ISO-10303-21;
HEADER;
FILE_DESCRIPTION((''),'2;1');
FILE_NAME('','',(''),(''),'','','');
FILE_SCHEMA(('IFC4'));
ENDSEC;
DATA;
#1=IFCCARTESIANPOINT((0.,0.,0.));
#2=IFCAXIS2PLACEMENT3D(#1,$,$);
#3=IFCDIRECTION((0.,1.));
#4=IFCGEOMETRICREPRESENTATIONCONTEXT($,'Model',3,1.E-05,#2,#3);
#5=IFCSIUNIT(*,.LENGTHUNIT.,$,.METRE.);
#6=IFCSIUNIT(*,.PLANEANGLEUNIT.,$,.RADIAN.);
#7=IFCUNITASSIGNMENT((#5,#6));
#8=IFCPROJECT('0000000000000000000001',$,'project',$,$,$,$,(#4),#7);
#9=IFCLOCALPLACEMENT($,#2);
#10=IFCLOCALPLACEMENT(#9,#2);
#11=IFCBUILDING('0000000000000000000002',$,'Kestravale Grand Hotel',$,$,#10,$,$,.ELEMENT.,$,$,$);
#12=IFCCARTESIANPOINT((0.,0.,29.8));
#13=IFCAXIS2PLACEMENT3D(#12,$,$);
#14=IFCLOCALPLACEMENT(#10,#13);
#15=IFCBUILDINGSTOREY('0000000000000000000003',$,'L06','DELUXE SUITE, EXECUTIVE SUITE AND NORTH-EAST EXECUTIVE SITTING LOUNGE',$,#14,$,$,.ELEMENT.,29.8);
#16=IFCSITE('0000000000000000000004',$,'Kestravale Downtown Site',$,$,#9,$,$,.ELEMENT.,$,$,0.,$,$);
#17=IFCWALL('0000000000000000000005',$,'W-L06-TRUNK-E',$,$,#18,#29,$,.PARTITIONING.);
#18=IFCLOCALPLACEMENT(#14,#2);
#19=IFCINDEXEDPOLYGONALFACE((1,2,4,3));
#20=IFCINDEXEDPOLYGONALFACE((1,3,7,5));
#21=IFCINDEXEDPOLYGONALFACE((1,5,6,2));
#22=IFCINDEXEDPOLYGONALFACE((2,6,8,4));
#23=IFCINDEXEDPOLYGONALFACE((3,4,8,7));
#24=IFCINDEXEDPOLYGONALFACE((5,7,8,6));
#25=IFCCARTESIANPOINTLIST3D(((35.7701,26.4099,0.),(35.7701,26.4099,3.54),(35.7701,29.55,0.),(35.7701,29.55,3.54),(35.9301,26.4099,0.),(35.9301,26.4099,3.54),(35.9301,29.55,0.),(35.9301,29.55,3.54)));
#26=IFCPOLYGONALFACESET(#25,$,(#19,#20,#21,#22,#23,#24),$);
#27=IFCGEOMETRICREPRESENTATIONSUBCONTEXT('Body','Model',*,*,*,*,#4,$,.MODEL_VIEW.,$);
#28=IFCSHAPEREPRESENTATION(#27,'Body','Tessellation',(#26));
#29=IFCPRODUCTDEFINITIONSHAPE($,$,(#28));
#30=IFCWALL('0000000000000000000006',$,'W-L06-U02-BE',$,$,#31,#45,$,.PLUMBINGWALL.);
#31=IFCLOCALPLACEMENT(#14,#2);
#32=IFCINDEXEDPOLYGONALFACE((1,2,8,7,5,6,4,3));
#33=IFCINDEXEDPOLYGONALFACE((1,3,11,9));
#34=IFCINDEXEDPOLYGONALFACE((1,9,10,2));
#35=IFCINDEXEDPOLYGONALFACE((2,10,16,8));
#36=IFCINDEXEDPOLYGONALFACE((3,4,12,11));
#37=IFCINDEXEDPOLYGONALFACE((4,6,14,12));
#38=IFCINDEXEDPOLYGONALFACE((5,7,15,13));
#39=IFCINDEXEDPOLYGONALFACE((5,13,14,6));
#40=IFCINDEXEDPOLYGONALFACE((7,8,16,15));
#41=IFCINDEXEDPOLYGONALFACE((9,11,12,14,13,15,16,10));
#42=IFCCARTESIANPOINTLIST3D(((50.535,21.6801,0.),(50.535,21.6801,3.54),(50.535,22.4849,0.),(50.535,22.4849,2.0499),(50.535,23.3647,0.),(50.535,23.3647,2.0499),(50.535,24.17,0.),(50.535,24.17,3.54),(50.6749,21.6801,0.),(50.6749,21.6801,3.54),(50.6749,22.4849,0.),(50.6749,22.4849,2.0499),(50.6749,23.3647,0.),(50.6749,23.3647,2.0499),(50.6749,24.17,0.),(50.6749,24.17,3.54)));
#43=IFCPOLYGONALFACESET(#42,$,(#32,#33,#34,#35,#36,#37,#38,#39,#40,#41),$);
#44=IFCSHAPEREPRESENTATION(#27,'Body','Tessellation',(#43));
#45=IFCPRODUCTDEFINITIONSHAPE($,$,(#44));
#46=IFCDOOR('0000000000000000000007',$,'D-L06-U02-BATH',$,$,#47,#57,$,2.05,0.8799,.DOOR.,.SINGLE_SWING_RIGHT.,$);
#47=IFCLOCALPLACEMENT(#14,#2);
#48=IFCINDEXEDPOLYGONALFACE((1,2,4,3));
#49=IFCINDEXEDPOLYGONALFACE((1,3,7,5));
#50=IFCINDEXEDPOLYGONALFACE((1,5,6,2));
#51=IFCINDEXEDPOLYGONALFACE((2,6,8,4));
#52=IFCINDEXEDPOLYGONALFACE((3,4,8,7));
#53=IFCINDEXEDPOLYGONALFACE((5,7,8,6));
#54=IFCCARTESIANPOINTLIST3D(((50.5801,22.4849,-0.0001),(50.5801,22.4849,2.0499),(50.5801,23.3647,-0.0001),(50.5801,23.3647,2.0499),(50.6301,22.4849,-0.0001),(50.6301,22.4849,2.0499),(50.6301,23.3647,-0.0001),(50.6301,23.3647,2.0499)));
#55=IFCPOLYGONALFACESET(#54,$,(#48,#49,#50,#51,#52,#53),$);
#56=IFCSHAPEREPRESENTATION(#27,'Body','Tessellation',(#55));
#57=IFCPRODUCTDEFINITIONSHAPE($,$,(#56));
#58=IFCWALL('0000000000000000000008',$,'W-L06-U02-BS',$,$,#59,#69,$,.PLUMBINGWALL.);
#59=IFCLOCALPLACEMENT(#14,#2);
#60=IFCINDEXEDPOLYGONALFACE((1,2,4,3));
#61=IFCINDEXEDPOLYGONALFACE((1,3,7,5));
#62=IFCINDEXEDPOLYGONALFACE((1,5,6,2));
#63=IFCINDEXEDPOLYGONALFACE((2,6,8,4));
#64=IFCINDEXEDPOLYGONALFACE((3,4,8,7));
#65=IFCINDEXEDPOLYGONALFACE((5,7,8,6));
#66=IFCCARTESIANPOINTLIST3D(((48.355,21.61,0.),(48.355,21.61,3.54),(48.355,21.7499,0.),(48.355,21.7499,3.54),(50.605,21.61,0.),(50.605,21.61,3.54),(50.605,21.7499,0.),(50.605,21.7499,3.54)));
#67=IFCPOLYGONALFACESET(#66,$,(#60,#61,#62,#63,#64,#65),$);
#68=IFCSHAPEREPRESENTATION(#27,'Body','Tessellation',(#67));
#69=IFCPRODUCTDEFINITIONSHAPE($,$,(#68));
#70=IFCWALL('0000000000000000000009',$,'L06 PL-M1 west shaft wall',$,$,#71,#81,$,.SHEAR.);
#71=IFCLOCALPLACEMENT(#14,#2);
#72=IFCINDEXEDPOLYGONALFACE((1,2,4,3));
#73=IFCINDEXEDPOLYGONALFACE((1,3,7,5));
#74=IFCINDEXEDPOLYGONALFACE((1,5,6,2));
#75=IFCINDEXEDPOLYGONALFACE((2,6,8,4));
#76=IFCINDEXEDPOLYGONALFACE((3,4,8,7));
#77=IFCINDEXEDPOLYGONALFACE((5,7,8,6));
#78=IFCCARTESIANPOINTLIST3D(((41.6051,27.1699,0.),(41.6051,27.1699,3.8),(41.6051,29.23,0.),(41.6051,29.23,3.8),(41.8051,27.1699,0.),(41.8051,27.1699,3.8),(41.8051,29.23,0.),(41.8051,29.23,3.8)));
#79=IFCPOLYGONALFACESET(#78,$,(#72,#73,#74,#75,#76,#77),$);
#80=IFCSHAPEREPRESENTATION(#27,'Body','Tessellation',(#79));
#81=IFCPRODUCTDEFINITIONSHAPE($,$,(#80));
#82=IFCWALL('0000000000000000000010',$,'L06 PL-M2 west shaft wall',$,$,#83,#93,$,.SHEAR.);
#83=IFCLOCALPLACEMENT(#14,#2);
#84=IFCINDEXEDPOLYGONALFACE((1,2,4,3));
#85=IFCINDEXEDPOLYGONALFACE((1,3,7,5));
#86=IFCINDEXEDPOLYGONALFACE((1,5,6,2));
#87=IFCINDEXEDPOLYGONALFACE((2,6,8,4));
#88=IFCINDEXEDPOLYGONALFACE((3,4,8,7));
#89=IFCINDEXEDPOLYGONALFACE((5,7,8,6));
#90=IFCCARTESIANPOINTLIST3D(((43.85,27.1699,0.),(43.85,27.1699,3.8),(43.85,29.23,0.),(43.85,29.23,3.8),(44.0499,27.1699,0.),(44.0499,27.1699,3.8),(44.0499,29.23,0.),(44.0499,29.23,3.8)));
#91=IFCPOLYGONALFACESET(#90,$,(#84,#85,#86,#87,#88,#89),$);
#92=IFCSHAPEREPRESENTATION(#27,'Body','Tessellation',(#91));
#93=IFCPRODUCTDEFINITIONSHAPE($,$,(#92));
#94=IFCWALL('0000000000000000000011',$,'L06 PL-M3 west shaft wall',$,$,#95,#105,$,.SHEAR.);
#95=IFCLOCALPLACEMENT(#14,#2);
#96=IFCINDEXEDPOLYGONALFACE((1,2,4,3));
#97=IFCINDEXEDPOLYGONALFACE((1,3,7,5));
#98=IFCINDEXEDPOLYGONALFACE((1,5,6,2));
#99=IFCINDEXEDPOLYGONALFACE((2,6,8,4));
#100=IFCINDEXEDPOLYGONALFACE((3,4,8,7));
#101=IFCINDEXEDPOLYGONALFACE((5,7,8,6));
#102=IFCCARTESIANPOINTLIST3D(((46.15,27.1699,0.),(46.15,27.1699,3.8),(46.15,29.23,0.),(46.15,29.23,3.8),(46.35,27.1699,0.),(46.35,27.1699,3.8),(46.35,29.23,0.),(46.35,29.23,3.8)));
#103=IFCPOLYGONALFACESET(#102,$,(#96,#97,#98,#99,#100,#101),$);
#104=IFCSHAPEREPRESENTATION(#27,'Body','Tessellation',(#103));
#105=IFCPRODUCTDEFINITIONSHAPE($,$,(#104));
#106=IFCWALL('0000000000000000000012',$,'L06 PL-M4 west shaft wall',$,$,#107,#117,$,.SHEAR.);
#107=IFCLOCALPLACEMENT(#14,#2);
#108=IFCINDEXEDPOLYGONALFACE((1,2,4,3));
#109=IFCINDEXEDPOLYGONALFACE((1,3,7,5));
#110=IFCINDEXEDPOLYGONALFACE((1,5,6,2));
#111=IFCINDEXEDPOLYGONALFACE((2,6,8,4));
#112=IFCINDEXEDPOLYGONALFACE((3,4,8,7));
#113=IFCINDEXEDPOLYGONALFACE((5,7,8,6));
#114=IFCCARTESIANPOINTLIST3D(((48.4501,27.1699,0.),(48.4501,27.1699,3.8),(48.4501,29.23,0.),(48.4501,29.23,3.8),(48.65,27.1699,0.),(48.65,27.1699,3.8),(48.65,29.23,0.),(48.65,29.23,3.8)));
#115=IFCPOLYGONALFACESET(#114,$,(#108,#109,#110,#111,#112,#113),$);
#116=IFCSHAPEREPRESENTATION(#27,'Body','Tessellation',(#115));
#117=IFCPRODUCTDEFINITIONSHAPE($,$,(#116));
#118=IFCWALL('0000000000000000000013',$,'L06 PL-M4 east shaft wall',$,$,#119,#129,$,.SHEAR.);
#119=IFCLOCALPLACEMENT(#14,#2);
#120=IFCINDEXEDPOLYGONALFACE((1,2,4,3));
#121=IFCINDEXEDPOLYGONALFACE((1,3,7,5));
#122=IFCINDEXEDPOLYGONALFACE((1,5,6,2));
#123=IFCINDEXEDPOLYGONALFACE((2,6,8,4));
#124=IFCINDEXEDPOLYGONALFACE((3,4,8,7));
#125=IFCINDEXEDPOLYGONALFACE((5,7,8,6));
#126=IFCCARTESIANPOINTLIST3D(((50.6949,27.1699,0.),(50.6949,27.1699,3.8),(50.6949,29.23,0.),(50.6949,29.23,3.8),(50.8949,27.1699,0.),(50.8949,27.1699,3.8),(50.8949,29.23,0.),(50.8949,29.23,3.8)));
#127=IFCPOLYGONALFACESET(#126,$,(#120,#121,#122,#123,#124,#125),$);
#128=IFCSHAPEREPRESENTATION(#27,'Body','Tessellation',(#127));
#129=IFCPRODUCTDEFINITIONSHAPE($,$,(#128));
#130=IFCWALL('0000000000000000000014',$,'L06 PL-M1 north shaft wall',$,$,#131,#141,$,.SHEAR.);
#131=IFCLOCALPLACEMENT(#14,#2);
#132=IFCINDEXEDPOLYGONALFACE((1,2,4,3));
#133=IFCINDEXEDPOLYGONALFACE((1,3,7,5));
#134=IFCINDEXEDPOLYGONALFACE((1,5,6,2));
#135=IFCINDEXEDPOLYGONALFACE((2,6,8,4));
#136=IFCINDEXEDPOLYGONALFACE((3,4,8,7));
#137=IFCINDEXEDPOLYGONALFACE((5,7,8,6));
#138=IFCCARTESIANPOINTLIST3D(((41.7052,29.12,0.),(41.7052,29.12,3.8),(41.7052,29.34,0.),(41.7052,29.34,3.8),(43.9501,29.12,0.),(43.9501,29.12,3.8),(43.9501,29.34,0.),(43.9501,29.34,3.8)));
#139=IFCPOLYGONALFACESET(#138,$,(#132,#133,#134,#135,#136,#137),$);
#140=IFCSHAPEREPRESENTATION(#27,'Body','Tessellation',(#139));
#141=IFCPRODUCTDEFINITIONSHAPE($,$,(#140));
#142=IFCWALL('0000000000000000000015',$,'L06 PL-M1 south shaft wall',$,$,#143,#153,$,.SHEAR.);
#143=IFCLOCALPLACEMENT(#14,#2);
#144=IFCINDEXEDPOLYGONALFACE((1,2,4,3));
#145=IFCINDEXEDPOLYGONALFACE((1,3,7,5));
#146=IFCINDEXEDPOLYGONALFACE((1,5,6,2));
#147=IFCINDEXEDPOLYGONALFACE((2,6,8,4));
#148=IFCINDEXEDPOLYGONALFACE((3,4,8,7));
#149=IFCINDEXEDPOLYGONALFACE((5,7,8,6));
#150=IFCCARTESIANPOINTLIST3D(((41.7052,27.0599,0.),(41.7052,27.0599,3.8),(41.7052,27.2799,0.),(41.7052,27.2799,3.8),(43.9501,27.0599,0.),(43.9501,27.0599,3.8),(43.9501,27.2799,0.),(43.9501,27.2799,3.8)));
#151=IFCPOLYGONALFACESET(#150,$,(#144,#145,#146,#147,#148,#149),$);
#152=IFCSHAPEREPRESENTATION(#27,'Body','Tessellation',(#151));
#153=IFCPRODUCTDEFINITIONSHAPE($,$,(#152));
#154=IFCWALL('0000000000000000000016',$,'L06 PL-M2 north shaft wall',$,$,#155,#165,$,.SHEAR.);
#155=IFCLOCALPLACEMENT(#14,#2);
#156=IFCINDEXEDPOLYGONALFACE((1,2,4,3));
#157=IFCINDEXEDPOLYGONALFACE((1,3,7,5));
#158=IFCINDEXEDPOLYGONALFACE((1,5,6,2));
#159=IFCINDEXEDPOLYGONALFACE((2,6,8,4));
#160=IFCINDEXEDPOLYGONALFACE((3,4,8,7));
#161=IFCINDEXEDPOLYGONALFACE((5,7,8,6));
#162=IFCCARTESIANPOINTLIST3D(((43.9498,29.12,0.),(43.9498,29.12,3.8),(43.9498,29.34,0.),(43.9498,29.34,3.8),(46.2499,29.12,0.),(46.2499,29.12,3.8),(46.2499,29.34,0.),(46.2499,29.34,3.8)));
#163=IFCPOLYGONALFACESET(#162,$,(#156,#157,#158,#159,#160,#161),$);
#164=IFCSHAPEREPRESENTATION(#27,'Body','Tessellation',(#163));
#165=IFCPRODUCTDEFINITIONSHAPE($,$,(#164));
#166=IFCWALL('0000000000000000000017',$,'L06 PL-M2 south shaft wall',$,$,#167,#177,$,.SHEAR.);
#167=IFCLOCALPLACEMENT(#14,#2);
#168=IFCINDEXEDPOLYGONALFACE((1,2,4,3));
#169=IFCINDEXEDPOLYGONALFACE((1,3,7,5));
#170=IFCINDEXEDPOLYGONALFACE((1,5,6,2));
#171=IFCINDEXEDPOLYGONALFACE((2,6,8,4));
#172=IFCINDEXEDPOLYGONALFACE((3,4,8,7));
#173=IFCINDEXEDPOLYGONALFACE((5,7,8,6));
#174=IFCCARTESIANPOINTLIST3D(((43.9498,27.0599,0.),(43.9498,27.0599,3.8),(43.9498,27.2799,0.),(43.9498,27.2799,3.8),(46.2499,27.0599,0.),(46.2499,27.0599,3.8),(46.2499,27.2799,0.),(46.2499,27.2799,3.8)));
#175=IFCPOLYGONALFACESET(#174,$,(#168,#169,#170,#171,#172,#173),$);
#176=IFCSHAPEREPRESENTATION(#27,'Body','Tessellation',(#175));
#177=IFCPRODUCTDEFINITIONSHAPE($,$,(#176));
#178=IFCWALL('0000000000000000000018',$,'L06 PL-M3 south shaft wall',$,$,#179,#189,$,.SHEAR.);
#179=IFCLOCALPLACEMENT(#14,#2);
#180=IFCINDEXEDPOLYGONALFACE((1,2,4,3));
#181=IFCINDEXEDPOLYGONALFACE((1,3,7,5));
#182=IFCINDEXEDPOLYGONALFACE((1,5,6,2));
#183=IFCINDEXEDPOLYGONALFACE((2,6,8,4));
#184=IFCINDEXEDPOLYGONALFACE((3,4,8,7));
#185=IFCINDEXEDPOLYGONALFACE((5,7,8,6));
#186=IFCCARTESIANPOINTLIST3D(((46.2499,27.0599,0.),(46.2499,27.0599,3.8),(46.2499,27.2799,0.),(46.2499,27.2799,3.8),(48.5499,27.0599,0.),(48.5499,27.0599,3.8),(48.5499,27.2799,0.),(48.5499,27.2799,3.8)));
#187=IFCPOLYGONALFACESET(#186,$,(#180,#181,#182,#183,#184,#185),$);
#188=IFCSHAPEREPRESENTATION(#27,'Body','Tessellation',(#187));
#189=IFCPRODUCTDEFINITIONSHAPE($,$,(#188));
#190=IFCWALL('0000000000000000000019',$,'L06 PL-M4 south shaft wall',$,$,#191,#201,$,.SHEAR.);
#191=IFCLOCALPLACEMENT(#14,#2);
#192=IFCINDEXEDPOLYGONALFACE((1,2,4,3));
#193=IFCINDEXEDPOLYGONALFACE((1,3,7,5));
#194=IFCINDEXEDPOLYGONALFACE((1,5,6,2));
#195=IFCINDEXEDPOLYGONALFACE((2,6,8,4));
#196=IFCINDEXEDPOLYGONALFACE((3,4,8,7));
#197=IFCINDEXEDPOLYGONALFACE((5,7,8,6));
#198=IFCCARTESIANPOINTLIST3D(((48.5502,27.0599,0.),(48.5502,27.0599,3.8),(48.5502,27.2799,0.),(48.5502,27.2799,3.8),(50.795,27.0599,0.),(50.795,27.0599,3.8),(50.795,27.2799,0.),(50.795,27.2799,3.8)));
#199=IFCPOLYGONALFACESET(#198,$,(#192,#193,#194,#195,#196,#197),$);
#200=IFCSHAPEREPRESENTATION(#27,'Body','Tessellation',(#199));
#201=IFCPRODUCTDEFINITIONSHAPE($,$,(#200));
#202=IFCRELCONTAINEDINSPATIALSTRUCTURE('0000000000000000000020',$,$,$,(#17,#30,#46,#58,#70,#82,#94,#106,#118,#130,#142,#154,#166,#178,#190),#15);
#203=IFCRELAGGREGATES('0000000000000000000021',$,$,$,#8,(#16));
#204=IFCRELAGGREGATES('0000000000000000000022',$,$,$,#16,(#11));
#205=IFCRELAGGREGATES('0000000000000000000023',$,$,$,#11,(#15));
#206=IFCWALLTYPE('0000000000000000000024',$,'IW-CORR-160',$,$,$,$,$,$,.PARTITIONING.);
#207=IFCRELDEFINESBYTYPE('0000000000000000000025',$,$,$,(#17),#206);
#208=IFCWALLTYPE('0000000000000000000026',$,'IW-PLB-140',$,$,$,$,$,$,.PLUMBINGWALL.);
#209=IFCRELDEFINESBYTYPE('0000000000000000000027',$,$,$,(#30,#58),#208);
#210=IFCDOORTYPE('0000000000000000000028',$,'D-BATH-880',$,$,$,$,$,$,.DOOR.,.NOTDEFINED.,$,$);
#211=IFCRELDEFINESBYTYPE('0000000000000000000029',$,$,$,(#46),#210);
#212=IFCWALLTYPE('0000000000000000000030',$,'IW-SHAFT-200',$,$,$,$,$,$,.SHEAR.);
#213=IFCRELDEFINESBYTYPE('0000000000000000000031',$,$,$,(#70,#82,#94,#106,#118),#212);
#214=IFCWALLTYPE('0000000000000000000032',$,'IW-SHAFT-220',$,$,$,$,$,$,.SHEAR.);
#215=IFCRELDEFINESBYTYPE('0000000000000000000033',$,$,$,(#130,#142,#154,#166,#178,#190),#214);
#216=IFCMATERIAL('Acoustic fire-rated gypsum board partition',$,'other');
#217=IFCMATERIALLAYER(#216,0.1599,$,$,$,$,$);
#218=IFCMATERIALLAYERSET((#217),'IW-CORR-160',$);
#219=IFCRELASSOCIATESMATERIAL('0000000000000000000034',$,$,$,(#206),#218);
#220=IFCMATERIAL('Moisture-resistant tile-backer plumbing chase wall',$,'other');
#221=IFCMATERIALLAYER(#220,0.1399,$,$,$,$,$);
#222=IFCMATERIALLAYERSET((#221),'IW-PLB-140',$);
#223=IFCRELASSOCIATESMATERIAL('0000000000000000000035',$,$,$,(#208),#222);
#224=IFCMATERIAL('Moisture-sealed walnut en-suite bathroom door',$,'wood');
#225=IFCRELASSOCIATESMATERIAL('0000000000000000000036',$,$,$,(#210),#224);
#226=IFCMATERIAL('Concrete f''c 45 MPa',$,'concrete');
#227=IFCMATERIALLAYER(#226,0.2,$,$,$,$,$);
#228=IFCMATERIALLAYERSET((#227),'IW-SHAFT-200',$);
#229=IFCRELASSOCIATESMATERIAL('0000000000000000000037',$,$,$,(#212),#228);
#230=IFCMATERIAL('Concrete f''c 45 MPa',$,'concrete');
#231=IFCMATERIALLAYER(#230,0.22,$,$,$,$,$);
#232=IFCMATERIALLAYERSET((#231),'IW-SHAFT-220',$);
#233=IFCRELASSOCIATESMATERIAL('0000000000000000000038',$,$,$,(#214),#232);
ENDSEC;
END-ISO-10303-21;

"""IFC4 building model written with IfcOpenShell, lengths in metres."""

from ifc_helpers import new_model, si_unit, direction, frame, frame_2d, origin, place, context, subcontext, project, spatial, rectangle, extrude, material, layer, layer_set, type_object, element, fill, save


model = new_model("IFC4")

# Units and contexts
model_context = context("Model", 3, precision=1e-05, world=origin(), true_north=direction((0.0, 1.0)))
body_context = subcontext(model_context, "Body", "Model", "MODEL_VIEW")
ifc_project = project(units=[si_unit("LENGTHUNIT", "METRE"), si_unit("PLANEANGLEUNIT", "RADIAN")], contexts=[model_context])

# Site, building, storey
site_placement = place(None, origin())
site = spatial("IfcSite", under=ifc_project, at=site_placement, Name="Kestravale Downtown Site", CompositionType="ELEMENT", RefElevation=0.0)
building_placement = place(site_placement, origin())
building = spatial("IfcBuilding", under=site, at=building_placement, Name="Kestravale Grand Hotel", CompositionType="ELEMENT")
storey_placement = place(building_placement, frame((0.0, 0.0, 29.8)))
storey = spatial("IfcBuildingStorey", under=building, at=storey_placement, Name="L06", Description="DELUXE SUITE, EXECUTIVE SUITE AND NORTH-EAST EXECUTIVE SITTING LOUNGE", CompositionType="ELEMENT", Elevation=29.8)

# Wall
ifc_material_1 = material(Name="Acoustic fire-rated gypsum board partition", Category="other")
ifc_layer_1 = layer(ifc_material_1, 0.1599)
ifc_layer_set_1 = layer_set([ifc_layer_1], Name="IW-CORR-160")
wall_type_1 = type_object("IfcWallType", Name="IW-CORR-160", PredefinedType="PARTITIONING", material=ifc_layer_set_1)
wall_1_placement = place(storey_placement, frame((35.8501, 26.4099, 0.0), z_axis=(0.0, 0.0, 1.0), x_axis=(0.0, 1.0, 0.0)))
element("IfcWall", 1, at=wall_1_placement, inside=storey, type_object=wall_type_1, Name="W-L06-TRUNK-E", PredefinedType="PARTITIONING", context=body_context, shape_type="SweptSolid", body=[
    extrude(rectangle(XDim=3.1401, YDim=0.1599, at=frame_2d((1.5701, 0.0))), origin(), (0.0, 0.0, 1.0), 3.54),
])

# Wall, opening, door
ifc_material_2 = material(Name="Moisture-resistant tile-backer plumbing chase wall", Category="other")
ifc_layer_2 = layer(ifc_material_2, 0.1399)
ifc_layer_set_2 = layer_set([ifc_layer_2], Name="IW-PLB-140")
wall_type_2 = type_object("IfcWallType", Name="IW-PLB-140", PredefinedType="PLUMBINGWALL", material=ifc_layer_set_2)
wall_2_placement = place(storey_placement, frame((50.605, 21.6799, 0.0), z_axis=(0.0, 0.0, 1.0), x_axis=(0.0, 1.0, 0.0)))
wall_2 = element("IfcWall", 2, at=wall_2_placement, inside=storey, type_object=wall_type_2, Name="W-L06-U02-BE", PredefinedType="PLUMBINGWALL", context=body_context, shape_type="SweptSolid", body=[
    extrude(rectangle(XDim=2.49, YDim=0.1399, at=frame_2d((1.2451, 0.0))), origin(), (0.0, 0.0, 1.0), 3.54),
])
opening_placement = place(wall_2_placement, frame((0.8049, 0.0, 0.0)))
opening = element("IfcOpeningElement", 3, at=opening_placement, cuts=wall_2, PredefinedType="OPENING", context=body_context, shape_type="SweptSolid", body=[
    extrude(rectangle(XDim=0.8799, YDim=2.05, at=frame_2d((0.4399, 1.0249))), frame((0.0, 0.0798, 0.0), z_axis=(0.0, -1.0, 0.0), x_axis=(1.0, 0.0, 0.0)), (0.0, 0.0, 1.0), 0.1599),
])
ifc_material_3 = material(Name="Moisture-sealed walnut en-suite bathroom door", Category="wood")
door_type = type_object("IfcDoorType", Name="D-BATH-880", OperationType="NOTDEFINED", PredefinedType="DOOR", material=ifc_material_3)
door_placement = place(opening_placement, origin())
door = element("IfcDoor", 4, at=door_placement, inside=storey, type_object=door_type, Name="D-L06-U02-BATH", OperationType="SINGLE_SWING_RIGHT", OverallHeight=2.05, OverallWidth=0.8799, PredefinedType="DOOR", context=body_context, shape_type="SweptSolid", body=[
    extrude(rectangle(XDim=0.8799, YDim=2.05, at=frame_2d((0.4399, 1.0249))), frame((0.0, 0.0249, 0.0), z_axis=(0.0, -1.0, 0.0), x_axis=(1.0, 0.0, 0.0)), (0.0, 0.0, 1.0), 0.05),
])
fill(opening, door)

# Walls
wall_3_placement = place(storey_placement, frame((48.355, 21.6799, 0.0), z_axis=(0.0, 0.0, 1.0), x_axis=(1.0, 0.0, 0.0)))
element("IfcWall", 5, at=wall_3_placement, inside=storey, type_object=wall_type_2, Name="W-L06-U02-BS", PredefinedType="PLUMBINGWALL", context=body_context, shape_type="SweptSolid", body=[
    extrude(rectangle(XDim=2.25, YDim=0.1399, at=frame_2d((1.125, 0.0))), origin(), (0.0, 0.0, 1.0), 3.54),
])
ifc_material_4 = material(Name="Concrete f'c 45 MPa", Category="concrete")
ifc_layer_3 = layer(ifc_material_4, 0.2)
ifc_layer_set_3 = layer_set([ifc_layer_3], Name="IW-SHAFT-200")
wall_type_3 = type_object("IfcWallType", Name="IW-SHAFT-200", PredefinedType="SHEAR", material=ifc_layer_set_3)
for number, where, z_axis, x_axis, name in (
    (6, (41.7051, 27.1699, 0.0), (0.0, 0.0, 1.0), (0.0, 1.0, 0.0), "L06 PL-M1 west shaft wall"),
    (7, (43.95, 27.1699, 0.0), (0.0, 0.0, 1.0), (0.0, 1.0, 0.0), "L06 PL-M2 west shaft wall"),
    (8, (46.25, 27.1699, 0.0), (0.0, 0.0, 1.0), (0.0, 1.0, 0.0), "L06 PL-M3 west shaft wall"),
    (9, (48.55, 27.1699, 0.0), (0.0, 0.0, 1.0), (0.0, 1.0, 0.0), "L06 PL-M4 west shaft wall"),
    (10, (50.7949, 27.1699, 0.0), (0.0, 0.0, 1.0), (0.0, 1.0, 0.0), "L06 PL-M4 east shaft wall"),
):
    element("IfcWall", number, at=place(storey_placement, frame(where, z_axis=z_axis, x_axis=x_axis)), inside=storey, type_object=wall_type_3, Name=name, PredefinedType="SHEAR", context=body_context, shape_type="SweptSolid", body=[
        extrude(rectangle(XDim=2.0601, YDim=0.2, at=frame_2d((1.03, 0.0))), origin(), (0.0, 0.0, 1.0), 3.8),
    ])
ifc_material_5 = material(Name="Concrete f'c 45 MPa", Category="concrete")
ifc_layer_4 = layer(ifc_material_5, 0.22)
ifc_layer_set_4 = layer_set([ifc_layer_4], Name="IW-SHAFT-220")
wall_type_4 = type_object("IfcWallType", Name="IW-SHAFT-220", PredefinedType="SHEAR", material=ifc_layer_set_4)
for number, where, z_axis, x_axis, name in (
    (11, (41.7051, 29.23, 0.0), (0.0, 0.0, 1.0), (1.0, 0.0, 0.0), "L06 PL-M1 north shaft wall"),
    (12, (41.7051, 27.1699, 0.0), (0.0, 0.0, 1.0), (1.0, 0.0, 0.0), "L06 PL-M1 south shaft wall"),
):
    element("IfcWall", number, at=place(storey_placement, frame(where, z_axis=z_axis, x_axis=x_axis)), inside=storey, type_object=wall_type_4, Name=name, PredefinedType="SHEAR", context=body_context, shape_type="SweptSolid", body=[
        extrude(rectangle(XDim=2.2449, YDim=0.22, at=frame_2d((1.1226, 0.0))), origin(), (0.0, 0.0, 1.0), 3.8),
    ])
for number, where, z_axis, x_axis, name in (
    (13, (43.95, 29.23, 0.0), (0.0, 0.0, 1.0), (1.0, 0.0, 0.0), "L06 PL-M2 north shaft wall"),
    (14, (43.95, 27.1699, 0.0), (0.0, 0.0, 1.0), (1.0, 0.0, 0.0), "L06 PL-M2 south shaft wall"),
    (15, (46.25, 27.1699, 0.0), (0.0, 0.0, 1.0), (1.0, 0.0, 0.0), "L06 PL-M3 south shaft wall"),
):
    element("IfcWall", number, at=place(storey_placement, frame(where, z_axis=z_axis, x_axis=x_axis)), inside=storey, type_object=wall_type_4, Name=name, PredefinedType="SHEAR", context=body_context, shape_type="SweptSolid", body=[
        extrude(rectangle(XDim=2.3, YDim=0.22, at=frame_2d((1.1499, 0.0))), origin(), (0.0, 0.0, 1.0), 3.8),
    ])
wall_4_placement = place(storey_placement, frame((48.55, 27.1699, 0.0), z_axis=(0.0, 0.0, 1.0), x_axis=(1.0, 0.0, 0.0)))
element("IfcWall", 16, at=wall_4_placement, inside=storey, type_object=wall_type_4, Name="L06 PL-M4 south shaft wall", PredefinedType="SHEAR", context=body_context, shape_type="SweptSolid", body=[
    extrude(rectangle(XDim=2.2449, YDim=0.22, at=frame_2d((1.1226, 0.0))), origin(), (0.0, 0.0, 1.0), 3.8),
])

save(model, "model.ifc")
